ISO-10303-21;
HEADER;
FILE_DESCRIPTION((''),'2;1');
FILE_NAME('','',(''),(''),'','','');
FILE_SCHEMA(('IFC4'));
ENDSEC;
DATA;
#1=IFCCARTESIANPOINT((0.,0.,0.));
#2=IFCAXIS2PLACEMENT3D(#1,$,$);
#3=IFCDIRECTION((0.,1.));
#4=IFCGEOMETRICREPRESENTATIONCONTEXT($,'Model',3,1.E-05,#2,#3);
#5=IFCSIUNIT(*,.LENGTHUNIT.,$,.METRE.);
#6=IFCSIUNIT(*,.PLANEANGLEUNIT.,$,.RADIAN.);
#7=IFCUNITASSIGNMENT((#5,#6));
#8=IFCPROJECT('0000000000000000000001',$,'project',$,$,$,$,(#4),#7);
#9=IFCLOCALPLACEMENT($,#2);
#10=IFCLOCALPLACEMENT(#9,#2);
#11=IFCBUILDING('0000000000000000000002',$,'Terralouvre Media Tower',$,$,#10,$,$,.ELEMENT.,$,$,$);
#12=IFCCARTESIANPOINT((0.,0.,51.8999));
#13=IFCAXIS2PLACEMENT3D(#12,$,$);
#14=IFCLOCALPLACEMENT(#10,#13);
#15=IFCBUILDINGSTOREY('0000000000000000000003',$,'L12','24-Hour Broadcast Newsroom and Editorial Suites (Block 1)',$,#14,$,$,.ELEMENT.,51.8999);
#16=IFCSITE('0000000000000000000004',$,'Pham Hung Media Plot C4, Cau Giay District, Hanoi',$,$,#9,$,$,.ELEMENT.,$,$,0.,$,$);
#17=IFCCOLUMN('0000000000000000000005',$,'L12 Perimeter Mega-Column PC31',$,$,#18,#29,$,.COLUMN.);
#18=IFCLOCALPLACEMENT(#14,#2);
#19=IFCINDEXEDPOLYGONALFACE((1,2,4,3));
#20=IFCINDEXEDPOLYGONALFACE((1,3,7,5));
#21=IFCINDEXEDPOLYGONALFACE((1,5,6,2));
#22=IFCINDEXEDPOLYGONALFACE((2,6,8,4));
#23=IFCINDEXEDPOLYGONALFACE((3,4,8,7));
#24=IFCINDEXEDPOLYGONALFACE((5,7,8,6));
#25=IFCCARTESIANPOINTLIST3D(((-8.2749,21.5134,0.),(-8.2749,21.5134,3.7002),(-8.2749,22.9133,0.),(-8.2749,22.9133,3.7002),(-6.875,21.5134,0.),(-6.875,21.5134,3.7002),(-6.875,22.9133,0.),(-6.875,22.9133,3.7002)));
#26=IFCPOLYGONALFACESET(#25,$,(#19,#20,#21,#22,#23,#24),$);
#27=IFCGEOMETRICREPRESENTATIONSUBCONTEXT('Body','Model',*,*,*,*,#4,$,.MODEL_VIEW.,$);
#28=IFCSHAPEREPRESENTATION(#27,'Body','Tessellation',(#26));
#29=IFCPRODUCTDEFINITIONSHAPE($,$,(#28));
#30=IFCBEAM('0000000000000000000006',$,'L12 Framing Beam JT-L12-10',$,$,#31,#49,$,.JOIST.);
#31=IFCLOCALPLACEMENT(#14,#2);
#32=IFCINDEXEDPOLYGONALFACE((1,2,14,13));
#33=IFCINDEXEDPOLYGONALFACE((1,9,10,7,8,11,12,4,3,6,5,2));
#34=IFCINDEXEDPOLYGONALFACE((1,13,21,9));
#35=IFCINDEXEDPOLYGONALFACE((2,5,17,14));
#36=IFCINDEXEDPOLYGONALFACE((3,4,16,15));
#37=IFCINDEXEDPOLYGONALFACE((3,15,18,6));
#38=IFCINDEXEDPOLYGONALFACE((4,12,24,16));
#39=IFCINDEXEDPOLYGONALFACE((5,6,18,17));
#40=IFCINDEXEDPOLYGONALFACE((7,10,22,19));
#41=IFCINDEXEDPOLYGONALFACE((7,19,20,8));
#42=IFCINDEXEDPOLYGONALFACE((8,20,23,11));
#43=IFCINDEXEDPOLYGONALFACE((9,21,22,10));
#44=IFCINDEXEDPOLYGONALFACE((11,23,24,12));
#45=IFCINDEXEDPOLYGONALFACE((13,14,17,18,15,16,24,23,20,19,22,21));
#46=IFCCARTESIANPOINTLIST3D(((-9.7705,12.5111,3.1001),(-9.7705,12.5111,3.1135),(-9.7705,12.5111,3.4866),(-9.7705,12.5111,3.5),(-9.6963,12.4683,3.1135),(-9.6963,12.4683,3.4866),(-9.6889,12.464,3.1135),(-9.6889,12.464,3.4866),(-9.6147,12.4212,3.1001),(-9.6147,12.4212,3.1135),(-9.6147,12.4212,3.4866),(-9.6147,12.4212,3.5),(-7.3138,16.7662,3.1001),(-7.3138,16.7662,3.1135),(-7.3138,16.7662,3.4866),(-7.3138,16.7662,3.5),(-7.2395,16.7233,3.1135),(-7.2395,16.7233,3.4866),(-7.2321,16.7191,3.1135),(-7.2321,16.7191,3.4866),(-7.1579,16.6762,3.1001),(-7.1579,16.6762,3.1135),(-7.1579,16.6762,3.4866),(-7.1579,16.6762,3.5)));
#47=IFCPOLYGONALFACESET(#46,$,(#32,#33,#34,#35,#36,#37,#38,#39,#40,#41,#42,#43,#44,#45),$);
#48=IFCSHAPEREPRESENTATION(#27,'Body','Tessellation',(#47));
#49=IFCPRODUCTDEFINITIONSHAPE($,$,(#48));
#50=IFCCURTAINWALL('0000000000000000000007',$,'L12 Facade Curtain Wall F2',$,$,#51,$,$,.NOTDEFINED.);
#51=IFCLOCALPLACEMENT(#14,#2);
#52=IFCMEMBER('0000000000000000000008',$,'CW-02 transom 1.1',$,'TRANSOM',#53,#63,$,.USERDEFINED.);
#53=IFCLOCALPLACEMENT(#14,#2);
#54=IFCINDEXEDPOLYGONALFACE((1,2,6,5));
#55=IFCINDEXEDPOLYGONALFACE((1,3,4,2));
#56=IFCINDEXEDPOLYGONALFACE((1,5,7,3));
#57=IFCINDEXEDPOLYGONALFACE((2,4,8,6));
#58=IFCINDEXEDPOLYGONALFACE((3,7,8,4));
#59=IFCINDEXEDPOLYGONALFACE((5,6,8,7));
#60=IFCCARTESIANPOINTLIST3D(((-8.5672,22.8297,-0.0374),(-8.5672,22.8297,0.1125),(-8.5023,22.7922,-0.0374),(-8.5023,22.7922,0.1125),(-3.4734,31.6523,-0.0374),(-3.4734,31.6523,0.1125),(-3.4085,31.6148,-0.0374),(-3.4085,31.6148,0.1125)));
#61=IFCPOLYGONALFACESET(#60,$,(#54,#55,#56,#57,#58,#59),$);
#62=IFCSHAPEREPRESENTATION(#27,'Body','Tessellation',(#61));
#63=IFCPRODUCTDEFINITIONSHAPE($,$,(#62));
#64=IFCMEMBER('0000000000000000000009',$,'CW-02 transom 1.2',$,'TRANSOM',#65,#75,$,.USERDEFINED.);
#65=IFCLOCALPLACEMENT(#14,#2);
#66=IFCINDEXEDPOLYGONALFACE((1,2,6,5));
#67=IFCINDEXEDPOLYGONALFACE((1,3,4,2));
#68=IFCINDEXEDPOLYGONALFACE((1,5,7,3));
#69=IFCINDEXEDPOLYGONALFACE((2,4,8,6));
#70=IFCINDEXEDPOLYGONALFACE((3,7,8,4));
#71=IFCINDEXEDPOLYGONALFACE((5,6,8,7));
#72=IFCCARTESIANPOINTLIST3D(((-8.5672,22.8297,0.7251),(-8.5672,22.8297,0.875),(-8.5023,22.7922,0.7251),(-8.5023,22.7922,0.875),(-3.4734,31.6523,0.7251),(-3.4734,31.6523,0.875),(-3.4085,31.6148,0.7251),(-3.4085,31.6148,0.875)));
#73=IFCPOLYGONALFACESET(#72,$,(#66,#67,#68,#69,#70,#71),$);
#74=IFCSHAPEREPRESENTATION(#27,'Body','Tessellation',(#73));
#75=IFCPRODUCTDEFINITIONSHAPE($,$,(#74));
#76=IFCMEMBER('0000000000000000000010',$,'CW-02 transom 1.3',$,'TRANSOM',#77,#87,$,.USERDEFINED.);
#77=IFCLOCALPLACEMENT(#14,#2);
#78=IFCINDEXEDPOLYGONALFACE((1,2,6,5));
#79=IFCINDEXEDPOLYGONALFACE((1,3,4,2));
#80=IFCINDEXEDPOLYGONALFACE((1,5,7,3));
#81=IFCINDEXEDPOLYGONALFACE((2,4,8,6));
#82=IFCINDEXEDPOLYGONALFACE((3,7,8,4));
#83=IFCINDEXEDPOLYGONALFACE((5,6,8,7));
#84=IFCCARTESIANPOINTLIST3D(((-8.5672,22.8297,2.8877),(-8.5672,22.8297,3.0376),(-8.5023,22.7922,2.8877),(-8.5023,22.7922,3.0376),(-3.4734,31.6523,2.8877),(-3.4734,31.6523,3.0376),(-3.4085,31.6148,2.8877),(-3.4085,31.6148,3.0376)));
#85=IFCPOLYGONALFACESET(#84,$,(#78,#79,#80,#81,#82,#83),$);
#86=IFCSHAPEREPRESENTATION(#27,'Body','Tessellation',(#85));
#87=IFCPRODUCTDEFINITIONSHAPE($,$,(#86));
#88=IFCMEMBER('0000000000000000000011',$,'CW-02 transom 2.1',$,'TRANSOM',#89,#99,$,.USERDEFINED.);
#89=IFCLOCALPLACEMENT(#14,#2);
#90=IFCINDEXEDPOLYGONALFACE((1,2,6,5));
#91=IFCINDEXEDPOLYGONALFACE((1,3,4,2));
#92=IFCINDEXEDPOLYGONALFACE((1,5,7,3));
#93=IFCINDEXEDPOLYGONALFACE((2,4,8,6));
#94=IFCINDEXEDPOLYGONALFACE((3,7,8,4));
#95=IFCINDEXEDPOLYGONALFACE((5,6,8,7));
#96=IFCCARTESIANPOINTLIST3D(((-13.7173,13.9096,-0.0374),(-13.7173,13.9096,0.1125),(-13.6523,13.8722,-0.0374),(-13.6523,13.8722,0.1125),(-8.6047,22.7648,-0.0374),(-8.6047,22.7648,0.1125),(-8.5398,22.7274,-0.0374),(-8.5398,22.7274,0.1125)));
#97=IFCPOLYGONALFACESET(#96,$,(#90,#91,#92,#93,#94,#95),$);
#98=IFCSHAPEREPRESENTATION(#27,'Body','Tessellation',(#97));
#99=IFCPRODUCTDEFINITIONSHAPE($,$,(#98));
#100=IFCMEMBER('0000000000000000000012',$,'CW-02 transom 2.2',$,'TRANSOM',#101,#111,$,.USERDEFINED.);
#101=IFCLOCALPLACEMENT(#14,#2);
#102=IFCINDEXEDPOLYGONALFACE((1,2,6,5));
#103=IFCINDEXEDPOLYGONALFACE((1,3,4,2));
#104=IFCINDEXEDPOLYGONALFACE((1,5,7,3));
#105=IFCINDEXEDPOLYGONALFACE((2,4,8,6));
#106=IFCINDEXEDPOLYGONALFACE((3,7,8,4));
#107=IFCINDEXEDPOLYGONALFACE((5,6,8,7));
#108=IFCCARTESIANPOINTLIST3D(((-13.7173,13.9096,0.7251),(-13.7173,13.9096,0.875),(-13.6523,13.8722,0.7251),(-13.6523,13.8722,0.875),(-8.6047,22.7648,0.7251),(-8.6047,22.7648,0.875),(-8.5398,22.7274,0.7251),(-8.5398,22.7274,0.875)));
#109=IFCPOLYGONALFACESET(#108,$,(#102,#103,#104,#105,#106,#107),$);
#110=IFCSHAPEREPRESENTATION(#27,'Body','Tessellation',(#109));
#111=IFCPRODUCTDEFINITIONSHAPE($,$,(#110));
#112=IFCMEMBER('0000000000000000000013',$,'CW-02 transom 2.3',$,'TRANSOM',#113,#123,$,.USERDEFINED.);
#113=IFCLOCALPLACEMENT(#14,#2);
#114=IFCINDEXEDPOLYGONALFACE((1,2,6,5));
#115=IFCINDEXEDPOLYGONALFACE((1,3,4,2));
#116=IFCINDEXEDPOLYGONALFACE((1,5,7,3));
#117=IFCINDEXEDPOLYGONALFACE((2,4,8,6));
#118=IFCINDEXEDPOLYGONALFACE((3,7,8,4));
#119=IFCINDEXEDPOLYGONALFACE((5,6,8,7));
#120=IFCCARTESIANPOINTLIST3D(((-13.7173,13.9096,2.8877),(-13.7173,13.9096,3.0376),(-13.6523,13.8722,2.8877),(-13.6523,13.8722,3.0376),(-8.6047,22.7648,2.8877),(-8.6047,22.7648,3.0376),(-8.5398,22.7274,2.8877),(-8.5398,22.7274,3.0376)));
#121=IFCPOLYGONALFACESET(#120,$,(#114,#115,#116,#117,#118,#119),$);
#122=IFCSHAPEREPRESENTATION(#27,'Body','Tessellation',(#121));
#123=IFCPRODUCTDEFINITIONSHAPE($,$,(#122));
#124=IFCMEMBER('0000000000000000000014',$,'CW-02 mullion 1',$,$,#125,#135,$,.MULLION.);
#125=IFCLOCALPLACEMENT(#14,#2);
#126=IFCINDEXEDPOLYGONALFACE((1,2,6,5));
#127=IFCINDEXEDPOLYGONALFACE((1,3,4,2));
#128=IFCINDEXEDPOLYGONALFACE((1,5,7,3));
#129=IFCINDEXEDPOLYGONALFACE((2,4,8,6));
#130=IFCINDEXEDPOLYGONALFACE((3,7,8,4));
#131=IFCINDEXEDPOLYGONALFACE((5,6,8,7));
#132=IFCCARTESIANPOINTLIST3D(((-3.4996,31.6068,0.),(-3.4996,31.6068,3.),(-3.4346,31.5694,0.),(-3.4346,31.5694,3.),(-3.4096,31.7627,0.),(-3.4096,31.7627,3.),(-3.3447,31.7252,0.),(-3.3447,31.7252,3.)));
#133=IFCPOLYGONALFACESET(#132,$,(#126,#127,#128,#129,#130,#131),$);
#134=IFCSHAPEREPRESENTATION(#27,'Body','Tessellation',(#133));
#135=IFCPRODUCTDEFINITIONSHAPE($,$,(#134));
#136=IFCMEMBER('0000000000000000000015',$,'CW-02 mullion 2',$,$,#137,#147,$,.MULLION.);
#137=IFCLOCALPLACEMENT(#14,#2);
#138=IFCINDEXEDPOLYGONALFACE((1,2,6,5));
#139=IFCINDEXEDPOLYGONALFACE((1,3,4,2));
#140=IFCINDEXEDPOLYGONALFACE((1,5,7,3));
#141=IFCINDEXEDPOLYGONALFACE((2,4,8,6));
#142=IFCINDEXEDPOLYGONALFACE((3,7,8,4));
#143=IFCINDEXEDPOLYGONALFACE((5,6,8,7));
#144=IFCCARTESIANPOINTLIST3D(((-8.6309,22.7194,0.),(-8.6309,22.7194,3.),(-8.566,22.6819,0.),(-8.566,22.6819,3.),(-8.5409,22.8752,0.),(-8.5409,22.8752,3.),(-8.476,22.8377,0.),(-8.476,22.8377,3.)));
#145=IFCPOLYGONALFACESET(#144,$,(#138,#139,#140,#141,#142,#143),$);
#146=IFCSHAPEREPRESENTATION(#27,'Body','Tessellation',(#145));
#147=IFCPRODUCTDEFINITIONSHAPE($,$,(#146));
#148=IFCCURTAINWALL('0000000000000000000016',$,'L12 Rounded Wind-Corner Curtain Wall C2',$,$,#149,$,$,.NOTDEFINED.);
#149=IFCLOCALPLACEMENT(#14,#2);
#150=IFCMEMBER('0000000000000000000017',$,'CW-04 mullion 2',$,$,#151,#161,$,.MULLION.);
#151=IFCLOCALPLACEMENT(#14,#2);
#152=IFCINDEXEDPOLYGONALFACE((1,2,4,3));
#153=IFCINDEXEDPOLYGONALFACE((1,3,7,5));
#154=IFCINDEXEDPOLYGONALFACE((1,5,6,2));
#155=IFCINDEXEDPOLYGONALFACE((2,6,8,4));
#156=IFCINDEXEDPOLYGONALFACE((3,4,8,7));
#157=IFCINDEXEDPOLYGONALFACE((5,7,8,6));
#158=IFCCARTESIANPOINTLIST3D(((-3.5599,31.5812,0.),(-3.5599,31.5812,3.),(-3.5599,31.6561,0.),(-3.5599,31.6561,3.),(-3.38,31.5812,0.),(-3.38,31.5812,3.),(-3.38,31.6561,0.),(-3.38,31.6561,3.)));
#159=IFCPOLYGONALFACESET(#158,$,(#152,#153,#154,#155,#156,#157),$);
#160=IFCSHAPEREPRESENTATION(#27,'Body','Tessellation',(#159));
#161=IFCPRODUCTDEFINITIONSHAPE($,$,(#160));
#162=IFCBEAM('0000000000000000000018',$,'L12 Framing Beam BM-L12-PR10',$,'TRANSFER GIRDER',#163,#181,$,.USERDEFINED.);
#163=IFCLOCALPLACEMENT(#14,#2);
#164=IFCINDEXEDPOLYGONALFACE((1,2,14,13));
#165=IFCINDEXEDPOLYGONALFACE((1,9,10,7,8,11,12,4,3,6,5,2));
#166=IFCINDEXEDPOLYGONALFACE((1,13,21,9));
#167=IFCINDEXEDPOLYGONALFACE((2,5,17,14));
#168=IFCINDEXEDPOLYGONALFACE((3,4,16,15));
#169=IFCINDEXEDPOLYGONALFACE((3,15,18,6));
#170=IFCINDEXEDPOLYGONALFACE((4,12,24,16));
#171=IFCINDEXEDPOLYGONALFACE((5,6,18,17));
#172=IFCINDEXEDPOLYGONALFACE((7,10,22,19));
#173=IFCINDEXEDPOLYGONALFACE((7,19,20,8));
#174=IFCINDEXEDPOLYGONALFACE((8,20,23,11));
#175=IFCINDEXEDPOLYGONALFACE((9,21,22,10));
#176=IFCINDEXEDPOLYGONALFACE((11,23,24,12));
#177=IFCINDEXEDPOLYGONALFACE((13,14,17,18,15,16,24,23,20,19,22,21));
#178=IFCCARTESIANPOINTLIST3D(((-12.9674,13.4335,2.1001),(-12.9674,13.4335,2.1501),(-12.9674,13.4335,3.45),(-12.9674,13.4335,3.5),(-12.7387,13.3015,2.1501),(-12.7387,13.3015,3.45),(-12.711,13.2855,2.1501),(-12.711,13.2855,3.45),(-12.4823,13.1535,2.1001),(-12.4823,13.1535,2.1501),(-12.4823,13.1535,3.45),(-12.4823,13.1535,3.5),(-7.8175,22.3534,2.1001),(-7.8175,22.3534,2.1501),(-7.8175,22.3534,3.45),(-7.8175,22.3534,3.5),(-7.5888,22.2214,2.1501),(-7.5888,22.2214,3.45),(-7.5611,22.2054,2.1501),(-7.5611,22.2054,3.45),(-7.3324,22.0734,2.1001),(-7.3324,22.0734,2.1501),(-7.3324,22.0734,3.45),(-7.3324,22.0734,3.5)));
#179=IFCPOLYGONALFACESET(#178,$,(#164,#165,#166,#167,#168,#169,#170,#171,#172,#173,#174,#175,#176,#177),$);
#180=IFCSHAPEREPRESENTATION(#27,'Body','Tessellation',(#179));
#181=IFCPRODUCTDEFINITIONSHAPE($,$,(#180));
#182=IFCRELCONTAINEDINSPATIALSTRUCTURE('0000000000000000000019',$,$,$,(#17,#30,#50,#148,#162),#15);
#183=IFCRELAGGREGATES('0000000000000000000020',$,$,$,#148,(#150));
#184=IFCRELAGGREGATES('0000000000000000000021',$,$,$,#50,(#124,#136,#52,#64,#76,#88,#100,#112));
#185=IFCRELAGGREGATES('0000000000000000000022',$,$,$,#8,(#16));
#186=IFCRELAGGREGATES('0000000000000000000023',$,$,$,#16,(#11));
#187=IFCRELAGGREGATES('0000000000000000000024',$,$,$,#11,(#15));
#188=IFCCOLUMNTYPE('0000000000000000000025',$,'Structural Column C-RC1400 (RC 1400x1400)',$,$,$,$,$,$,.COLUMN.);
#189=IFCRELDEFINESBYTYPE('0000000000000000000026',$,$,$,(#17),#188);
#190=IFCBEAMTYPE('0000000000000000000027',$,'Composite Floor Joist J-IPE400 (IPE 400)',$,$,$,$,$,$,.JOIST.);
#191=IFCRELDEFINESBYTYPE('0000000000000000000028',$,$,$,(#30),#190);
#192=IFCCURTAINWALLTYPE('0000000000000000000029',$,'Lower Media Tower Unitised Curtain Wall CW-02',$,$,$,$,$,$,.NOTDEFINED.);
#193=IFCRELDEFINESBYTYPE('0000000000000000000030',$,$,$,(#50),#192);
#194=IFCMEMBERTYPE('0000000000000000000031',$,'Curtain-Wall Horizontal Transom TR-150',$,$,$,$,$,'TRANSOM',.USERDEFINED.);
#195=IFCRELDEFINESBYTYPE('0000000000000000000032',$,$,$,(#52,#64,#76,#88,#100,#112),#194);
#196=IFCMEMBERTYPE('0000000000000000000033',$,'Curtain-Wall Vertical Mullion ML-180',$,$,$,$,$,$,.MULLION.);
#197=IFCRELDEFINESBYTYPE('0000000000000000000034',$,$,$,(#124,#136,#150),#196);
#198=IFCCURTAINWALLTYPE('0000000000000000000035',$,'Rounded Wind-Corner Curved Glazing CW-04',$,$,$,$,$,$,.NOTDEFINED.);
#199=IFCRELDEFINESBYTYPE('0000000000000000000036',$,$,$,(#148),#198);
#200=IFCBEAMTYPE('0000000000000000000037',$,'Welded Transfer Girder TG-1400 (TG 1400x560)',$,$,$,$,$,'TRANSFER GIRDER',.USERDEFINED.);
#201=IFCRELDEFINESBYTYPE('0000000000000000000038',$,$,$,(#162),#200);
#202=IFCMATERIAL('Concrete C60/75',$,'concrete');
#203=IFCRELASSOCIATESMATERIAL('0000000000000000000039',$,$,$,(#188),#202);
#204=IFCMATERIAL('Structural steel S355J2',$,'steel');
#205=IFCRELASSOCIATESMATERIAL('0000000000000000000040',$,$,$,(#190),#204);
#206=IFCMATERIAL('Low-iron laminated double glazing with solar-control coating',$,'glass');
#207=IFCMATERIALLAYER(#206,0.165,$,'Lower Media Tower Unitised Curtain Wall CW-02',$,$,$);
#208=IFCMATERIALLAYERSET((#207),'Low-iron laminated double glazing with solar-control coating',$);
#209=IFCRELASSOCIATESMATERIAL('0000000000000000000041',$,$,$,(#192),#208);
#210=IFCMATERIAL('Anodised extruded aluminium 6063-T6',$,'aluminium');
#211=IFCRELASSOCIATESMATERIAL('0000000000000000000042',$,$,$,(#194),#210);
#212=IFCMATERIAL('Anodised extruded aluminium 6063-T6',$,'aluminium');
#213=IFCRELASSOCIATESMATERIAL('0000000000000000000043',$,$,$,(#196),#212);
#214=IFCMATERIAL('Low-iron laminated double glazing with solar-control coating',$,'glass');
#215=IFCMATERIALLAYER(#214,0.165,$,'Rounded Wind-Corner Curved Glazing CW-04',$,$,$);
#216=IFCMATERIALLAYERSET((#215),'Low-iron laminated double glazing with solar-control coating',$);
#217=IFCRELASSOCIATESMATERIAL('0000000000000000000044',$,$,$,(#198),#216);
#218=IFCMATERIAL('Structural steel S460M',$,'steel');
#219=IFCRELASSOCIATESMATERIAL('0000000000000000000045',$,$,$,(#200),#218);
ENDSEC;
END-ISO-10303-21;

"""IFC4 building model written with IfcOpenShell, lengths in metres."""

from ifc_helpers import new_model, si_unit, direction, frame, origin, origin_2d, place, context, subcontext, project, spatial, rectangle, i_section, extrude, material, layer, layer_set, material_profile, profile_set, type_object, element, aggregate, save


model = new_model("IFC4")

# Units and contexts
model_context = context("Model", 3, precision=1e-05, world=origin(), true_north=direction((0.0, 1.0)))
body_context = subcontext(model_context, "Body", "Model", "MODEL_VIEW")
ifc_project = project(units=[si_unit("LENGTHUNIT", "METRE"), si_unit("PLANEANGLEUNIT", "RADIAN")], contexts=[model_context])

# Site, building, storey
site_placement = place(None, origin())
site = spatial("IfcSite", under=ifc_project, at=site_placement, Name="Pham Hung Media Plot C4, Cau Giay District, Hanoi", CompositionType="ELEMENT", RefElevation=0.0)
building_placement = place(site_placement, origin())
building = spatial("IfcBuilding", under=site, at=building_placement, Name="Terralouvre Media Tower", CompositionType="ELEMENT")
storey_placement = place(building_placement, frame((0.0, 0.0, 51.8999)))
storey = spatial("IfcBuildingStorey", under=building, at=storey_placement, Name="L12", Description="24-Hour Broadcast Newsroom and Editorial Suites (Block 1)", CompositionType="ELEMENT", Elevation=51.8999)

# Column
ifc_material_1 = material(Name="Concrete C60/75", Category="concrete")
ifc_material_profile_1 = material_profile(ifc_material_1, rectangle(XDim=1.3999, YDim=1.3999, at=origin_2d()), Name="RC 1400x1400")
ifc_profile_set_1 = profile_set([ifc_material_profile_1], Name="Concrete C60/75")
column_type = type_object("IfcColumnType", Name="Structural Column C-RC1400 (RC 1400x1400)", PredefinedType="COLUMN", material=ifc_profile_set_1)
column_placement = place(storey_placement, frame((-7.575, 22.2134, 0.0), z_axis=(0.0, 0.0, 1.0), x_axis=(1.0, 0.0, 0.0)))
element("IfcColumn", 1, at=column_placement, inside=storey, type_object=column_type, Name="L12 Perimeter Mega-Column PC31", PredefinedType="COLUMN", context=body_context, shape_type="SweptSolid", body=[
    extrude(rectangle(XDim=1.3999, YDim=1.3999, at=origin_2d()), origin(), (0.0, 0.0, 1.0), 3.7002),
])

# Beam
ifc_material_2 = material(Name="Structural steel S355J2", Category="steel")
ifc_material_profile_2 = material_profile(ifc_material_2, i_section(OverallWidth=0.1799, OverallDepth=0.3999, WebThickness=0.0085, FlangeThickness=0.0134, at=origin_2d()), Name="IPE 400")
ifc_profile_set_2 = profile_set([ifc_material_profile_2], Name="Structural steel S355J2")
beam_type_1 = type_object("IfcBeamType", Name="Composite Floor Joist J-IPE400 (IPE 400)", PredefinedType="JOIST", material=ifc_profile_set_2)
beam_1_placement = place(storey_placement, frame((-7.2358, 16.7212, 3.3), z_axis=(-0.500013, -0.866018, 0.0), x_axis=(0.866018, -0.500013, 0.0)))
element("IfcBeam", 2, at=beam_1_placement, inside=storey, type_object=beam_type_1, Name="L12 Framing Beam JT-L12-10", PredefinedType="JOIST", context=body_context, shape_type="SweptSolid", body=[
    extrude(i_section(OverallWidth=0.1799, OverallDepth=0.3999, WebThickness=0.0085, FlangeThickness=0.0134, at=origin_2d()), origin(), (0.0, 0.0, 1.0), 4.9133),
])

# Curtain wall, members
ifc_material_3 = material(Name="Low-iron laminated double glazing with solar-control coating", Category="glass")
ifc_layer_1 = layer(ifc_material_3, 0.165, Name="Lower Media Tower Unitised Curtain Wall CW-02")
ifc_layer_set_1 = layer_set([ifc_layer_1], Name="Low-iron laminated double glazing with solar-control coating")
curtain_wall_type_1 = type_object("IfcCurtainWallType", Name="Lower Media Tower Unitised Curtain Wall CW-02", PredefinedType="NOTDEFINED", material=ifc_layer_set_1)
curtain_wall_1_placement = place(storey_placement, origin())
curtain_wall_1 = element("IfcCurtainWall", 3, at=curtain_wall_1_placement, inside=storey, type_object=curtain_wall_type_1, Name="L12 Facade Curtain Wall F2", PredefinedType="NOTDEFINED")
ifc_material_4 = material(Name="Anodised extruded aluminium 6063-T6", Category="aluminium")
ifc_material_profile_3 = material_profile(ifc_material_4, rectangle(XDim=0.075, YDim=0.1499, at=origin_2d()), Name="ALU 75x150")
ifc_profile_set_3 = profile_set([ifc_material_profile_3], Name="Anodised extruded aluminium 6063-T6")
member_type_1 = type_object("IfcMemberType", Name="Curtain-Wall Horizontal Transom TR-150", ElementType="TRANSOM", PredefinedType="USERDEFINED", material=ifc_profile_set_3)
member_1_placement = place(storey_placement, frame((-3.4409, 31.6335, 0.0376), z_axis=(-0.500005, -0.866022, 0.0), x_axis=(0.866022, -0.500005, 0.0)))
member_1 = element("IfcMember", 4, at=member_1_placement, type_object=member_type_1, Name="CW-02 transom 1.1", ObjectType="TRANSOM", PredefinedType="USERDEFINED", context=body_context, shape_type="SweptSolid", body=[
    extrude(rectangle(XDim=0.075, YDim=0.1499, at=origin_2d()), origin(), (0.0, 0.0, 1.0), 10.1875),
])
member_2_placement = place(storey_placement, frame((-3.4409, 31.6335, 0.8), z_axis=(-0.500005, -0.866022, 0.0), x_axis=(0.866022, -0.500005, 0.0)))
member_2 = element("IfcMember", 5, at=member_2_placement, type_object=member_type_1, Name="CW-02 transom 1.2", ObjectType="TRANSOM", PredefinedType="USERDEFINED", context=body_context, shape_type="SweptSolid", body=[
    extrude(rectangle(XDim=0.075, YDim=0.1499, at=origin_2d()), origin(), (0.0, 0.0, 1.0), 10.1875),
])
member_3_placement = place(storey_placement, frame((-3.4409, 31.6335, 2.9626), z_axis=(-0.500005, -0.866022, 0.0), x_axis=(0.866022, -0.500005, 0.0)))
member_3 = element("IfcMember", 6, at=member_3_placement, type_object=member_type_1, Name="CW-02 transom 1.3", ObjectType="TRANSOM", PredefinedType="USERDEFINED", context=body_context, shape_type="SweptSolid", body=[
    extrude(rectangle(XDim=0.075, YDim=0.1499, at=origin_2d()), origin(), (0.0, 0.0, 1.0), 10.1875),
])
member_4_placement = place(storey_placement, frame((-8.5723, 22.7461, 0.0376), z_axis=(-0.499999, -0.866026, 0.0), x_axis=(0.866026, -0.499999, 0.0)))
member_4 = element("IfcMember", 7, at=member_4_placement, type_object=member_type_1, Name="CW-02 transom 2.1", ObjectType="TRANSOM", PredefinedType="USERDEFINED", context=body_context, shape_type="SweptSolid", body=[
    extrude(rectangle(XDim=0.075, YDim=0.1499, at=origin_2d()), origin(), (0.0, 0.0, 1.0), 10.2251),
])
member_5_placement = place(storey_placement, frame((-8.5723, 22.7461, 0.8), z_axis=(-0.499999, -0.866026, 0.0), x_axis=(0.866026, -0.499999, 0.0)))
member_5 = element("IfcMember", 8, at=member_5_placement, type_object=member_type_1, Name="CW-02 transom 2.2", ObjectType="TRANSOM", PredefinedType="USERDEFINED", context=body_context, shape_type="SweptSolid", body=[
    extrude(rectangle(XDim=0.075, YDim=0.1499, at=origin_2d()), origin(), (0.0, 0.0, 1.0), 10.2251),
])
member_6_placement = place(storey_placement, frame((-8.5723, 22.7461, 2.9626), z_axis=(-0.499999, -0.866026, 0.0), x_axis=(0.866026, -0.499999, 0.0)))
member_6 = element("IfcMember", 9, at=member_6_placement, type_object=member_type_1, Name="CW-02 transom 2.3", ObjectType="TRANSOM", PredefinedType="USERDEFINED", context=body_context, shape_type="SweptSolid", body=[
    extrude(rectangle(XDim=0.075, YDim=0.1499, at=origin_2d()), origin(), (0.0, 0.0, 1.0), 10.2251),
])
ifc_material_5 = material(Name="Anodised extruded aluminium 6063-T6", Category="aluminium")
ifc_material_profile_4 = material_profile(ifc_material_5, rectangle(XDim=0.075, YDim=0.1799, at=origin_2d()), Name="ALU 75x180")
ifc_profile_set_4 = profile_set([ifc_material_profile_4], Name="Anodised extruded aluminium 6063-T6")
member_type_2 = type_object("IfcMemberType", Name="Curtain-Wall Vertical Mullion ML-180", PredefinedType="MULLION", material=ifc_profile_set_4)
member_7_placement = place(storey_placement, frame((-3.4221, 31.666, 0.0), z_axis=(0.0, 0.0, 1.0), x_axis=(0.866025, -0.5, 0.0)))
member_7 = element("IfcMember", 10, at=member_7_placement, type_object=member_type_2, Name="CW-02 mullion 1", PredefinedType="MULLION", context=body_context, shape_type="SweptSolid", body=[
    extrude(rectangle(XDim=0.075, YDim=0.1799, at=origin_2d()), origin(), (0.0, 0.0, 1.0), 3.0),
])
member_8_placement = place(storey_placement, frame((-8.5535, 22.7786, 0.0), z_axis=(0.0, 0.0, 1.0), x_axis=(0.866025, -0.5, 0.0)))
member_8 = element("IfcMember", 11, at=member_8_placement, type_object=member_type_2, Name="CW-02 mullion 2", PredefinedType="MULLION", context=body_context, shape_type="SweptSolid", body=[
    extrude(rectangle(XDim=0.075, YDim=0.1799, at=origin_2d()), origin(), (0.0, 0.0, 1.0), 3.0),
])

# Curtain wall, member
ifc_material_6 = material(Name="Low-iron laminated double glazing with solar-control coating", Category="glass")
ifc_layer_2 = layer(ifc_material_6, 0.165, Name="Rounded Wind-Corner Curved Glazing CW-04")
ifc_layer_set_2 = layer_set([ifc_layer_2], Name="Low-iron laminated double glazing with solar-control coating")
curtain_wall_type_2 = type_object("IfcCurtainWallType", Name="Rounded Wind-Corner Curved Glazing CW-04", PredefinedType="NOTDEFINED", material=ifc_layer_set_2)
curtain_wall_2_placement = place(storey_placement, origin())
curtain_wall_2 = element("IfcCurtainWall", 12, at=curtain_wall_2_placement, inside=storey, type_object=curtain_wall_type_2, Name="L12 Rounded Wind-Corner Curtain Wall C2", PredefinedType="NOTDEFINED")
member_9_placement = place(storey_placement, frame((-3.47, 31.6187, 0.0), z_axis=(0.0, 0.0, 1.0), x_axis=(0.0, -1.0, 0.0)))
member_9 = element("IfcMember", 13, at=member_9_placement, type_object=member_type_2, Name="CW-04 mullion 2", PredefinedType="MULLION", context=body_context, shape_type="SweptSolid", body=[
    extrude(rectangle(XDim=0.075, YDim=0.1799, at=origin_2d()), origin(), (0.0, 0.0, 1.0), 3.0),
])

# Beam
ifc_material_7 = material(Name="Structural steel S460M", Category="steel")
ifc_material_profile_5 = material_profile(ifc_material_7, i_section(OverallWidth=0.5601, OverallDepth=1.3999, WebThickness=0.032, FlangeThickness=0.05, at=origin_2d()), Name="TG 1400x560")
ifc_profile_set_5 = profile_set([ifc_material_profile_5], Name="Structural steel S460M")
beam_type_2 = type_object("IfcBeamType", Name="Welded Transfer Girder TG-1400 (TG 1400x560)", ElementType="TRANSFER GIRDER", PredefinedType="USERDEFINED", material=ifc_profile_set_5)
beam_2_placement = place(storey_placement, frame((-7.575, 22.2134, 2.8), z_axis=(-0.499999, -0.866026, 0.0), x_axis=(0.866026, -0.499999, 0.0)))
element("IfcBeam", 14, at=beam_2_placement, inside=storey, type_object=beam_type_2, Name="L12 Framing Beam BM-L12-PR10", ObjectType="TRANSFER GIRDER", PredefinedType="USERDEFINED", context=body_context, shape_type="SweptSolid", body=[
    extrude(i_section(OverallWidth=0.5601, OverallDepth=1.3999, WebThickness=0.032, FlangeThickness=0.05, at=origin_2d()), origin(), (0.0, 0.0, 1.0), 10.2998),
])

aggregate(curtain_wall_2, [member_9])
aggregate(curtain_wall_1, [member_7, member_8, member_1, member_2, member_3, member_4, member_5, member_6])

save(model, "model.ifc")
